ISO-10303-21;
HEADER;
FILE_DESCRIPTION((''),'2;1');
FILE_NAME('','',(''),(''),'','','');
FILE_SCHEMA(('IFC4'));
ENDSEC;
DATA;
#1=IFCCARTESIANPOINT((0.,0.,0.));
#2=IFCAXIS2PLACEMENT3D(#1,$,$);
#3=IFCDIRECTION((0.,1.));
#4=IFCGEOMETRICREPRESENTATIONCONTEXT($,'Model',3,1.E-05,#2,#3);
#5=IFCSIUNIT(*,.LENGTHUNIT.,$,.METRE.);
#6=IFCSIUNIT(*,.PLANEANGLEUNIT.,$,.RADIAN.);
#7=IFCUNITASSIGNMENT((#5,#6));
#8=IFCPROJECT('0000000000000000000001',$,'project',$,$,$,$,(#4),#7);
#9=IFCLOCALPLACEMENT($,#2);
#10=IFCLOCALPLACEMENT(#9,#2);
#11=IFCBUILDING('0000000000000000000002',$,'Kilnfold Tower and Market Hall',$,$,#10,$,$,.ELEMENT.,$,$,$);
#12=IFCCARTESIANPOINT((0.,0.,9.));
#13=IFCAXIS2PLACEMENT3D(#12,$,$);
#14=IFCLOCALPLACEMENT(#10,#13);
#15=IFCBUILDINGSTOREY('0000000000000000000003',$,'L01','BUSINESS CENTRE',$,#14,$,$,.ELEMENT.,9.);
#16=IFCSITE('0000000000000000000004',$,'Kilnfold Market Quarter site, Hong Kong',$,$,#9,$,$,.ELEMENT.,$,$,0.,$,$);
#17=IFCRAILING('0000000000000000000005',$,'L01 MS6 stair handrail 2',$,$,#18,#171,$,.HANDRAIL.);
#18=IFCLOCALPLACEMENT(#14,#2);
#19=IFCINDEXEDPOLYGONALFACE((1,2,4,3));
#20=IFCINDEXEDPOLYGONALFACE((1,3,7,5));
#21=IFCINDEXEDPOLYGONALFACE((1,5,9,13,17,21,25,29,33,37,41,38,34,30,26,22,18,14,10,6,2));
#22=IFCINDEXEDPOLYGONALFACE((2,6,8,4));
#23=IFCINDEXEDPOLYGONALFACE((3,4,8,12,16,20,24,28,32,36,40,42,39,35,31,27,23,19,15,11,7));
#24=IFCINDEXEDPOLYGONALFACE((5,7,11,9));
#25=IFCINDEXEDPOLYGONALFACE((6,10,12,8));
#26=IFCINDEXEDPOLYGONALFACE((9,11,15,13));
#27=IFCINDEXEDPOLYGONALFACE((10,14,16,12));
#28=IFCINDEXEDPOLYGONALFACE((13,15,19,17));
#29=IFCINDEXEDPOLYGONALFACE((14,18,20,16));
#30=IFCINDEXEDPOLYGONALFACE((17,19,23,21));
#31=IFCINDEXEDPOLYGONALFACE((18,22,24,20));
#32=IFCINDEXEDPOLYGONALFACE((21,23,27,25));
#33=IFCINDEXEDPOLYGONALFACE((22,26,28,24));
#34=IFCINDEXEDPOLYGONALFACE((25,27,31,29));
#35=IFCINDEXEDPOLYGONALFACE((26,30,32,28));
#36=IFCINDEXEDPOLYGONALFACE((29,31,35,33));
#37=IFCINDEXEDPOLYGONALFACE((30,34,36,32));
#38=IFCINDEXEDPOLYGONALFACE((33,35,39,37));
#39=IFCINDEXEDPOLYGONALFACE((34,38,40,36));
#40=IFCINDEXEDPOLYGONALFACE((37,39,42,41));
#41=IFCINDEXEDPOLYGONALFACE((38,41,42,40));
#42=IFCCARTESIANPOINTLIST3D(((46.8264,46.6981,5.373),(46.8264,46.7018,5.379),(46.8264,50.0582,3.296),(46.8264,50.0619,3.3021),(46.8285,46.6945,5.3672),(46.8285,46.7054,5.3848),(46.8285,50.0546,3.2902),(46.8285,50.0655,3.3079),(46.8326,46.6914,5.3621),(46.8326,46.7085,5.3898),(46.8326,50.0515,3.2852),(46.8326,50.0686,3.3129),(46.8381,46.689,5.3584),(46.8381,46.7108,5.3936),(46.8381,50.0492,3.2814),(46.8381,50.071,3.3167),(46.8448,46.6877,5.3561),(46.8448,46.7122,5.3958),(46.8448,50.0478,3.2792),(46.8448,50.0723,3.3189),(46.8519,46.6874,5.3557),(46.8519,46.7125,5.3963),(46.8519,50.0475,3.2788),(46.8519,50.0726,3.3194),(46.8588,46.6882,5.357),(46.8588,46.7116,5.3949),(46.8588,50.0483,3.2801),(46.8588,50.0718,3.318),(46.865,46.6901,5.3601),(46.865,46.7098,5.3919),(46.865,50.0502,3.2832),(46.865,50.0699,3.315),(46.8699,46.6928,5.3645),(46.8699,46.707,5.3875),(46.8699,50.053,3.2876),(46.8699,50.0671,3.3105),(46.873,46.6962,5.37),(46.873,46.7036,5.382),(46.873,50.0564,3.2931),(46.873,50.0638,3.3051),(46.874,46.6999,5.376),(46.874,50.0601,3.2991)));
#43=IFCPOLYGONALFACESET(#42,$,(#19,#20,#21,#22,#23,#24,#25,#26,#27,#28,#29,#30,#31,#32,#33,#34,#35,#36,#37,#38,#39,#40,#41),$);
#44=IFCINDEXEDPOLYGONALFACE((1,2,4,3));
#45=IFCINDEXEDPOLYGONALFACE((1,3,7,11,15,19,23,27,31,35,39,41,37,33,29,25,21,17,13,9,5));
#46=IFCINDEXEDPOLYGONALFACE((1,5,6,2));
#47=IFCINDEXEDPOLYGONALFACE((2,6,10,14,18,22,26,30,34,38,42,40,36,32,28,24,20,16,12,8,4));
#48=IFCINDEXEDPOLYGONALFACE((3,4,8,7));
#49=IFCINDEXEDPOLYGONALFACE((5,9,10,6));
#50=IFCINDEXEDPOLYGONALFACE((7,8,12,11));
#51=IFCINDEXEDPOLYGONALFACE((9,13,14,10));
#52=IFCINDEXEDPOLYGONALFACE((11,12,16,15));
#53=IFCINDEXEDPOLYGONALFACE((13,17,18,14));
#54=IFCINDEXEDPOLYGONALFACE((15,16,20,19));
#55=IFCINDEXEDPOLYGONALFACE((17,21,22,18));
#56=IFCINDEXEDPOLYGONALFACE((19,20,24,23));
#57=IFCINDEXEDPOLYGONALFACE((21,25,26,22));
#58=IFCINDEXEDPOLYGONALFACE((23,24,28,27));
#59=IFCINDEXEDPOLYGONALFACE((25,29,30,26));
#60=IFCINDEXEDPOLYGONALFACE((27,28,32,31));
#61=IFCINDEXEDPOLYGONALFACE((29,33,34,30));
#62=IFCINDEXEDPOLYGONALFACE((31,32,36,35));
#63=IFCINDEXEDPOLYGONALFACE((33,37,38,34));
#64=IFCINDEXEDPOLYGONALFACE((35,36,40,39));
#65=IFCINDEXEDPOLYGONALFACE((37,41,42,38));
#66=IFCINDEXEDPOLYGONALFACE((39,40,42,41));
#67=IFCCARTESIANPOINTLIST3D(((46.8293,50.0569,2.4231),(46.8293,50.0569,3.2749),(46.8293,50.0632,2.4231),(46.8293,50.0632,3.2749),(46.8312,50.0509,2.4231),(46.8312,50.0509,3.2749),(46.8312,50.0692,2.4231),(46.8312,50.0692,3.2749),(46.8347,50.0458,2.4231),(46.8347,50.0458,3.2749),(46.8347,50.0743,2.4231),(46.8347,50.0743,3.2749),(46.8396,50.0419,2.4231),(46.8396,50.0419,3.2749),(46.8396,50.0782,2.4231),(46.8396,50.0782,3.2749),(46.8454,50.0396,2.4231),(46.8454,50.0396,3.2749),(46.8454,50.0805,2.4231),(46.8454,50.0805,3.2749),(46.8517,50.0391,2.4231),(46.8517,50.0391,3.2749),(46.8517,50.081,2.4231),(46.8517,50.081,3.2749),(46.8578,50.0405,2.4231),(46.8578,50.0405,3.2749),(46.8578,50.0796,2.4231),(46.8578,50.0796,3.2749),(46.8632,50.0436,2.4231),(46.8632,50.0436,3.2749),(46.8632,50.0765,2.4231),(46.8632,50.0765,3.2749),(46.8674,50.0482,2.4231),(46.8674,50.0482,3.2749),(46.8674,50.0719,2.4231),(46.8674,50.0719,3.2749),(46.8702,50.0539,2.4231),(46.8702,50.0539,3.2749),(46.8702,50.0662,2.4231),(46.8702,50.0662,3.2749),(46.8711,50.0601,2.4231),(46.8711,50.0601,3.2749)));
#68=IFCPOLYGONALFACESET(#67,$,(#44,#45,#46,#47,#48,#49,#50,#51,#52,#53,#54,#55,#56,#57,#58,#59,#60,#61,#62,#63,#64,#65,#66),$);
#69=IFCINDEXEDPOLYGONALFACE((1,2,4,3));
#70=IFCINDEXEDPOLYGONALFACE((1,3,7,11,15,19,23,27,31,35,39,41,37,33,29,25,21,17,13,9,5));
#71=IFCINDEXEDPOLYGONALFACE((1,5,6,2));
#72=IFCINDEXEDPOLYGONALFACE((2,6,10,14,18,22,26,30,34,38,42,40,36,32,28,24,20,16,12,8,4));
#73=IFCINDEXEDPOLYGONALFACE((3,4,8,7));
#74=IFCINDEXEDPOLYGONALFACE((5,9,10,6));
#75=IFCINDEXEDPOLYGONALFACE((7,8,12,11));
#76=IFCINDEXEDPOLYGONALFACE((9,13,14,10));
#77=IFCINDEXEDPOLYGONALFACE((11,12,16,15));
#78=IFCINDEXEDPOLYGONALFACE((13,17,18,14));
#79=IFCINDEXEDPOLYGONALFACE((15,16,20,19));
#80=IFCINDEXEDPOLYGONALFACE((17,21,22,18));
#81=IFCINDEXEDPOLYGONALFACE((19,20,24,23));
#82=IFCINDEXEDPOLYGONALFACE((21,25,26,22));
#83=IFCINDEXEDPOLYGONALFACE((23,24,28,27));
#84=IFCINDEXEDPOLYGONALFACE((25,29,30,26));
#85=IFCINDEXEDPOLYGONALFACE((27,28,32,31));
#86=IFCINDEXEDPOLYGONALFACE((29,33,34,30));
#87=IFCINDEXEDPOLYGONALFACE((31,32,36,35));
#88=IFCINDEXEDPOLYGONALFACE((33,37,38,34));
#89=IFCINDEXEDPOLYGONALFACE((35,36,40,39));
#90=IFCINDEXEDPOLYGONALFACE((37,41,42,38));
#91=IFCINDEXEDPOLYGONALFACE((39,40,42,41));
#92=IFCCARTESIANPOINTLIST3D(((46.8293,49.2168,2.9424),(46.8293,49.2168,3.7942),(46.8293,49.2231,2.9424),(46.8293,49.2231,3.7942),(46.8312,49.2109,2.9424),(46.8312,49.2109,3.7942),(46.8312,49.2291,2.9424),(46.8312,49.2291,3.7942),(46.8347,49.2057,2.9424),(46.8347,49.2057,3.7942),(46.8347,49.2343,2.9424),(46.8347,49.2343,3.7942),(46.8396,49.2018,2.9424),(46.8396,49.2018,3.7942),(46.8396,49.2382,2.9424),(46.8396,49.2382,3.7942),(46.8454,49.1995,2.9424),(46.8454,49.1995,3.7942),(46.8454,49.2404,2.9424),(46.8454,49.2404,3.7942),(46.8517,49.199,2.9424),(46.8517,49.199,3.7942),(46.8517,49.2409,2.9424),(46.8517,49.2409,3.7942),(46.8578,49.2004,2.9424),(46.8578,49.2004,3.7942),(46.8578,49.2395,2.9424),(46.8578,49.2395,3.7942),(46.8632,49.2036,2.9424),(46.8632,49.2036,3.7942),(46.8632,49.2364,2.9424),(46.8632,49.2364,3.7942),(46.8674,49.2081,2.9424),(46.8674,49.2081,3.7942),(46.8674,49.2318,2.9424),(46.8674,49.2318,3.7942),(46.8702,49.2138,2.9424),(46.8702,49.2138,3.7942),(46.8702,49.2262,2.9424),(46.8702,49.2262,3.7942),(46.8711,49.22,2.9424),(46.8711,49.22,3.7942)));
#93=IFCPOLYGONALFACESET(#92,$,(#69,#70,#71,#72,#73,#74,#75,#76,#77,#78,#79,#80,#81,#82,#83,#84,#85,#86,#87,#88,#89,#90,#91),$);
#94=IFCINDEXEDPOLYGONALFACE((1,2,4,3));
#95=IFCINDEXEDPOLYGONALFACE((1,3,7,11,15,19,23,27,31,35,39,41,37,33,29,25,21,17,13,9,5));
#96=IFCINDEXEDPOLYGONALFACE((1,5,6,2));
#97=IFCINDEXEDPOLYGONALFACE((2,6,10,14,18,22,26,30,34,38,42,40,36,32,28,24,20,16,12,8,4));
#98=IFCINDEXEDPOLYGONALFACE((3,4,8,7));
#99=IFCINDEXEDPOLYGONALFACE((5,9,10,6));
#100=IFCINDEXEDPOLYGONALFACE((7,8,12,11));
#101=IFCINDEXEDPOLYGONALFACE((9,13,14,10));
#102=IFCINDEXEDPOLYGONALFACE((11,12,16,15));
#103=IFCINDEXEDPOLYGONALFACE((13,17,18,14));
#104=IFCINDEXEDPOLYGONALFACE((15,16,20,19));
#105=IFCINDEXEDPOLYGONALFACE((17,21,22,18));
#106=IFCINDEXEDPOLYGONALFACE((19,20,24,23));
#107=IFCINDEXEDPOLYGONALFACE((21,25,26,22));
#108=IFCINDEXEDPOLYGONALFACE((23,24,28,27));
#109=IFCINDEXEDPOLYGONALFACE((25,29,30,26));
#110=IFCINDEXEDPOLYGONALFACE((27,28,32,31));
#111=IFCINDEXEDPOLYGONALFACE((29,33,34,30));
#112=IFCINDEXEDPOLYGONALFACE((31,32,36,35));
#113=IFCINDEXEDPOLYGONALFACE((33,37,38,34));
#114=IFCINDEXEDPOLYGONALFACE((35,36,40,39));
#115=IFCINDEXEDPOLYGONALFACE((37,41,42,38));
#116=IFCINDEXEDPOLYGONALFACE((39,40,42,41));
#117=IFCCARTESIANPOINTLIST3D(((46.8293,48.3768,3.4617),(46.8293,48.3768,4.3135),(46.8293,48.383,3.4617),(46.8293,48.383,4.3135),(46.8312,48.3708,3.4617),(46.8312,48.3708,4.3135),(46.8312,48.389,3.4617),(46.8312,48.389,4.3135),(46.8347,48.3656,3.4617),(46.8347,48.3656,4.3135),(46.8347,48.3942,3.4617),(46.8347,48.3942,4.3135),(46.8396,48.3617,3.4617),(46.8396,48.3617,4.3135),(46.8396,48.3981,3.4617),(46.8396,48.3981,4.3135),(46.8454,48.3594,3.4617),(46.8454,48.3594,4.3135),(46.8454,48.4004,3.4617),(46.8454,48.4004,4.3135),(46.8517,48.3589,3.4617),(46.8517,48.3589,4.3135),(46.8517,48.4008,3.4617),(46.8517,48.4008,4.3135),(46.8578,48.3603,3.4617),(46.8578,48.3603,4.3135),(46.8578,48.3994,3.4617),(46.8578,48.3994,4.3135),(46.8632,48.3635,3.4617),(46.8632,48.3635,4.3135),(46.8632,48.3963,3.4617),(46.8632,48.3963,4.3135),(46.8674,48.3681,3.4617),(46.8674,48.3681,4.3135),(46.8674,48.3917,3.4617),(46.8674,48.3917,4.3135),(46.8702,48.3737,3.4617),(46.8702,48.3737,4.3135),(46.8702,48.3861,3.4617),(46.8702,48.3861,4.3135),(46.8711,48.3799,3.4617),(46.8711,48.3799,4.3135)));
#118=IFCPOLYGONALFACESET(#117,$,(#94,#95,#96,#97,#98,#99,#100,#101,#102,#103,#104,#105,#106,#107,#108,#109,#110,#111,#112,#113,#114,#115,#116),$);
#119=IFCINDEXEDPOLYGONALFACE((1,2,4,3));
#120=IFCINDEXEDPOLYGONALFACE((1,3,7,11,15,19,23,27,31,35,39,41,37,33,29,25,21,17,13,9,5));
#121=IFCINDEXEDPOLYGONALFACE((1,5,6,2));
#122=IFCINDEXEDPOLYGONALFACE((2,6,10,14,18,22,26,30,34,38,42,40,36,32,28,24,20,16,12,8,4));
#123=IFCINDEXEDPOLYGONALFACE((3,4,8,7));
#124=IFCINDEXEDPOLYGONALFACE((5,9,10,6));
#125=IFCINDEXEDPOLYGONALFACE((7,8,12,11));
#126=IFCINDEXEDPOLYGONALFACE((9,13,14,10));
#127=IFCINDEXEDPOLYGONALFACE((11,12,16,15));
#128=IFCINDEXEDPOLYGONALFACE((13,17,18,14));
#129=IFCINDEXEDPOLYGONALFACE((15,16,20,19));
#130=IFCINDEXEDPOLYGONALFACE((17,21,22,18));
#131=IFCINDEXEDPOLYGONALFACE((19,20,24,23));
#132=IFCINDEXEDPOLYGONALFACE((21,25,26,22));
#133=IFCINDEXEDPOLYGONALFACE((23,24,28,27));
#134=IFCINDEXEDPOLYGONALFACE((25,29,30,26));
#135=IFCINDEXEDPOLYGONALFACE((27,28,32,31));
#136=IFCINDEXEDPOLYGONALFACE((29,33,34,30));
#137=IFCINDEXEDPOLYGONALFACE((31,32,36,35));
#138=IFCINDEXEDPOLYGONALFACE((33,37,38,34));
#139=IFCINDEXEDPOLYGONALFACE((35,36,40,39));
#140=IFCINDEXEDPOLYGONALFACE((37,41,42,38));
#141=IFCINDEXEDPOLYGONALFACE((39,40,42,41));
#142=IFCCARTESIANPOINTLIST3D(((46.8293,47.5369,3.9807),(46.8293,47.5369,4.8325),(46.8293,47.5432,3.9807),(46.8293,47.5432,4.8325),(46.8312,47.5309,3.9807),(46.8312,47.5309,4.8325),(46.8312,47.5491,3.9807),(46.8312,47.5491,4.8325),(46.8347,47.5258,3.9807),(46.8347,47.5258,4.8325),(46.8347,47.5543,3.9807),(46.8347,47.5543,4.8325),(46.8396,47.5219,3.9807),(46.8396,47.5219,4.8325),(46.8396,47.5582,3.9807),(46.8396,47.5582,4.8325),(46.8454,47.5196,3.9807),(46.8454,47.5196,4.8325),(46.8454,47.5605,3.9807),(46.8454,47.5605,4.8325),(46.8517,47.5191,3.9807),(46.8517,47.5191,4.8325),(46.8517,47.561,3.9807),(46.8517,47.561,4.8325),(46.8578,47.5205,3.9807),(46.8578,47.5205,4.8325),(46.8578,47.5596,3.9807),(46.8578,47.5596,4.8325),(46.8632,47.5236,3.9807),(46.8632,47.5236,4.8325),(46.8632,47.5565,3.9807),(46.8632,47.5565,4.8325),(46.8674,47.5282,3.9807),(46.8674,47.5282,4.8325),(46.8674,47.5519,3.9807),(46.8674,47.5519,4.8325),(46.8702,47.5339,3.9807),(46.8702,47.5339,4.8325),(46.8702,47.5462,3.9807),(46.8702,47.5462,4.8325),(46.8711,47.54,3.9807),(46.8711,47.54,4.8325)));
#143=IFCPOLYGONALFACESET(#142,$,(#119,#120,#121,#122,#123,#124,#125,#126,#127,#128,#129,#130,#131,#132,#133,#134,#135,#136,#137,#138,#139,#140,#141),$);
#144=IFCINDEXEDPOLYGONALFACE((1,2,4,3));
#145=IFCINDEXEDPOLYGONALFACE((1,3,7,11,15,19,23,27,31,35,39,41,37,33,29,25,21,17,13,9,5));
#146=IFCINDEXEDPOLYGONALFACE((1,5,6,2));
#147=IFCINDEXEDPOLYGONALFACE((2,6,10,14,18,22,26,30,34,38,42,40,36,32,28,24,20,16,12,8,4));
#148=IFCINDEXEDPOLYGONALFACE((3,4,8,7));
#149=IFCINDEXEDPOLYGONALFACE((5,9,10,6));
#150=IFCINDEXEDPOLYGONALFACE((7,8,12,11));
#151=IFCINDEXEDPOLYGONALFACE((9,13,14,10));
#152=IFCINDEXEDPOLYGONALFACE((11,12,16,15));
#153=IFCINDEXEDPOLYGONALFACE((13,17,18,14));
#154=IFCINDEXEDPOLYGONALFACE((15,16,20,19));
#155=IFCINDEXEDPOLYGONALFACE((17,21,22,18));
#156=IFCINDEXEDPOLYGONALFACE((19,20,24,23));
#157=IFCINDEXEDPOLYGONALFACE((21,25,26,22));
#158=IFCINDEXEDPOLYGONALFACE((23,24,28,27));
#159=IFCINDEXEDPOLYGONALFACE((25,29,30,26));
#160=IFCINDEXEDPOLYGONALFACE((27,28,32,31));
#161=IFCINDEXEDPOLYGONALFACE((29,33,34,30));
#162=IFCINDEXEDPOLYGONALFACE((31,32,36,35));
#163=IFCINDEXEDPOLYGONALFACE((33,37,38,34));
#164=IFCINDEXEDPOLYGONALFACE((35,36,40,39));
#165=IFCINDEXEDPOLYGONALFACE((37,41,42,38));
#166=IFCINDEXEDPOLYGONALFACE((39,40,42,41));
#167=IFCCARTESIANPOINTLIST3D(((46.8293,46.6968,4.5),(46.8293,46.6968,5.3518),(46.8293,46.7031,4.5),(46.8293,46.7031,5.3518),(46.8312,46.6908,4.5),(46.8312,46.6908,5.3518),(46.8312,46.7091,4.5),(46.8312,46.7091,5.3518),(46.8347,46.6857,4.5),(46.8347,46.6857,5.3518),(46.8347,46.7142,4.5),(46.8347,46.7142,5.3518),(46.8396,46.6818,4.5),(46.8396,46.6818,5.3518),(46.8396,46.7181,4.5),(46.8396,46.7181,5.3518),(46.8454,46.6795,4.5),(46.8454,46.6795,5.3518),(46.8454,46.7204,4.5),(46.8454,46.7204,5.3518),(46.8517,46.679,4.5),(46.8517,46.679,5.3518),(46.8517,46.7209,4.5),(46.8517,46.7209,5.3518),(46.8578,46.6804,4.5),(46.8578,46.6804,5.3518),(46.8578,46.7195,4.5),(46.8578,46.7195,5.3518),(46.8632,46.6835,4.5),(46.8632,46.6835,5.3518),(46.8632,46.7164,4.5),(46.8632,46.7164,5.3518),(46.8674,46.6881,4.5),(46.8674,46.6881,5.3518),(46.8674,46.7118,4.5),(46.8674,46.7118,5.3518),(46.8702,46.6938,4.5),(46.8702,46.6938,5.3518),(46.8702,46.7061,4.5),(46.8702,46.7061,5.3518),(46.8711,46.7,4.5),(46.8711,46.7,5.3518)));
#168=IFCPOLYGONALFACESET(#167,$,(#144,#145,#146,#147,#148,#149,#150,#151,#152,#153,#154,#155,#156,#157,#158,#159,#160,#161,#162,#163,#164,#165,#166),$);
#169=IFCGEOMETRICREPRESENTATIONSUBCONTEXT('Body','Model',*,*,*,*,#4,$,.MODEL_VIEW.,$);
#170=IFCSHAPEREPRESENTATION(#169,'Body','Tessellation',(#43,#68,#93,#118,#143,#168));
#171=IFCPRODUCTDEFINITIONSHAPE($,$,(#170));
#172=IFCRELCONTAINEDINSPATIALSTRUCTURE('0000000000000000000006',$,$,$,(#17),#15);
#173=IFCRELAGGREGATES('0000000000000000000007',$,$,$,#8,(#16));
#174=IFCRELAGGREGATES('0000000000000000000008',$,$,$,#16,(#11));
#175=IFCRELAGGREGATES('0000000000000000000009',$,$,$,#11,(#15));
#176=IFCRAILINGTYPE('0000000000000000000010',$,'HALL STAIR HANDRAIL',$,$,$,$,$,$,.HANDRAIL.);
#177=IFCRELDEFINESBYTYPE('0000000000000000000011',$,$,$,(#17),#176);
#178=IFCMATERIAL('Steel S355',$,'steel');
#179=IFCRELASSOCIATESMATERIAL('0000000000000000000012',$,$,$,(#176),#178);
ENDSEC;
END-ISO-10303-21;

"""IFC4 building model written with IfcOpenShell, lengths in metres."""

from ifc_helpers import new_model, si_unit, direction, frame, origin, origin_2d, place, context, subcontext, project, spatial, circle, extrude, material, type_object, element, save


model = new_model("IFC4")

# Units and contexts
model_context = context("Model", 3, precision=1e-05, world=origin(), true_north=direction((0.0, 1.0)))
body_context = subcontext(model_context, "Body", "Model", "MODEL_VIEW")
ifc_project = project(units=[si_unit("LENGTHUNIT", "METRE"), si_unit("PLANEANGLEUNIT", "RADIAN")], contexts=[model_context])

# Site, building, storey
site_placement = place(None, origin())
site = spatial("IfcSite", under=ifc_project, at=site_placement, Name="Kilnfold Market Quarter site, Hong Kong", CompositionType="ELEMENT", RefElevation=0.0)
building_placement = place(site_placement, origin())
building = spatial("IfcBuilding", under=site, at=building_placement, Name="Kilnfold Tower and Market Hall", CompositionType="ELEMENT")
storey_placement = place(building_placement, frame((0.0, 0.0, 9.0)))
storey = spatial("IfcBuildingStorey", under=building, at=storey_placement, Name="L01", Description="BUSINESS CENTRE", CompositionType="ELEMENT", Elevation=9.0)

# Railing
ifc_material_1 = material(Name="Steel S355", Category="steel")
railing_type_1 = type_object("IfcRailingType", Name="HALL STAIR HANDRAIL", PredefinedType="HANDRAIL", material=ifc_material_1)
railing_1_placement = place(storey_placement, frame((46.8501, 50.0601, 2.4231)))
element("IfcRailing", 1, at=railing_1_placement, inside=storey, type_object=railing_type_1, Name="L01 MS6 stair handrail 2", PredefinedType="HANDRAIL", context=body_context, shape_type="SweptSolid", body=[
    extrude(circle(Radius=0.0239, at=origin_2d()), frame((0.0, 0.0, 0.876), z_axis=(0.0, -0.850623, 0.525776), x_axis=(1.0, 0.0, 0.0)), (0.0, 0.0, 1.0), 3.9502),
    extrude(circle(Radius=0.021, at=origin_2d()), origin(), (0.0, 0.0, 1.0), 0.8518),
    extrude(circle(Radius=0.021, at=origin_2d()), frame((0.0, -0.8401, 0.5193)), (0.0, 0.0, 1.0), 0.8518),
    extrude(circle(Radius=0.021, at=origin_2d()), frame((0.0, -1.6802, 1.0386)), (0.0, 0.0, 1.0), 0.8518),
    extrude(circle(Radius=0.021, at=origin_2d()), frame((0.0, -2.52, 1.5576)), (0.0, 0.0, 1.0), 0.8518),
    extrude(circle(Radius=0.021, at=origin_2d()), frame((0.0, -3.3601, 2.0769)), (0.0, 0.0, 1.0), 0.8518),
])

save(model, "model.ifc")
